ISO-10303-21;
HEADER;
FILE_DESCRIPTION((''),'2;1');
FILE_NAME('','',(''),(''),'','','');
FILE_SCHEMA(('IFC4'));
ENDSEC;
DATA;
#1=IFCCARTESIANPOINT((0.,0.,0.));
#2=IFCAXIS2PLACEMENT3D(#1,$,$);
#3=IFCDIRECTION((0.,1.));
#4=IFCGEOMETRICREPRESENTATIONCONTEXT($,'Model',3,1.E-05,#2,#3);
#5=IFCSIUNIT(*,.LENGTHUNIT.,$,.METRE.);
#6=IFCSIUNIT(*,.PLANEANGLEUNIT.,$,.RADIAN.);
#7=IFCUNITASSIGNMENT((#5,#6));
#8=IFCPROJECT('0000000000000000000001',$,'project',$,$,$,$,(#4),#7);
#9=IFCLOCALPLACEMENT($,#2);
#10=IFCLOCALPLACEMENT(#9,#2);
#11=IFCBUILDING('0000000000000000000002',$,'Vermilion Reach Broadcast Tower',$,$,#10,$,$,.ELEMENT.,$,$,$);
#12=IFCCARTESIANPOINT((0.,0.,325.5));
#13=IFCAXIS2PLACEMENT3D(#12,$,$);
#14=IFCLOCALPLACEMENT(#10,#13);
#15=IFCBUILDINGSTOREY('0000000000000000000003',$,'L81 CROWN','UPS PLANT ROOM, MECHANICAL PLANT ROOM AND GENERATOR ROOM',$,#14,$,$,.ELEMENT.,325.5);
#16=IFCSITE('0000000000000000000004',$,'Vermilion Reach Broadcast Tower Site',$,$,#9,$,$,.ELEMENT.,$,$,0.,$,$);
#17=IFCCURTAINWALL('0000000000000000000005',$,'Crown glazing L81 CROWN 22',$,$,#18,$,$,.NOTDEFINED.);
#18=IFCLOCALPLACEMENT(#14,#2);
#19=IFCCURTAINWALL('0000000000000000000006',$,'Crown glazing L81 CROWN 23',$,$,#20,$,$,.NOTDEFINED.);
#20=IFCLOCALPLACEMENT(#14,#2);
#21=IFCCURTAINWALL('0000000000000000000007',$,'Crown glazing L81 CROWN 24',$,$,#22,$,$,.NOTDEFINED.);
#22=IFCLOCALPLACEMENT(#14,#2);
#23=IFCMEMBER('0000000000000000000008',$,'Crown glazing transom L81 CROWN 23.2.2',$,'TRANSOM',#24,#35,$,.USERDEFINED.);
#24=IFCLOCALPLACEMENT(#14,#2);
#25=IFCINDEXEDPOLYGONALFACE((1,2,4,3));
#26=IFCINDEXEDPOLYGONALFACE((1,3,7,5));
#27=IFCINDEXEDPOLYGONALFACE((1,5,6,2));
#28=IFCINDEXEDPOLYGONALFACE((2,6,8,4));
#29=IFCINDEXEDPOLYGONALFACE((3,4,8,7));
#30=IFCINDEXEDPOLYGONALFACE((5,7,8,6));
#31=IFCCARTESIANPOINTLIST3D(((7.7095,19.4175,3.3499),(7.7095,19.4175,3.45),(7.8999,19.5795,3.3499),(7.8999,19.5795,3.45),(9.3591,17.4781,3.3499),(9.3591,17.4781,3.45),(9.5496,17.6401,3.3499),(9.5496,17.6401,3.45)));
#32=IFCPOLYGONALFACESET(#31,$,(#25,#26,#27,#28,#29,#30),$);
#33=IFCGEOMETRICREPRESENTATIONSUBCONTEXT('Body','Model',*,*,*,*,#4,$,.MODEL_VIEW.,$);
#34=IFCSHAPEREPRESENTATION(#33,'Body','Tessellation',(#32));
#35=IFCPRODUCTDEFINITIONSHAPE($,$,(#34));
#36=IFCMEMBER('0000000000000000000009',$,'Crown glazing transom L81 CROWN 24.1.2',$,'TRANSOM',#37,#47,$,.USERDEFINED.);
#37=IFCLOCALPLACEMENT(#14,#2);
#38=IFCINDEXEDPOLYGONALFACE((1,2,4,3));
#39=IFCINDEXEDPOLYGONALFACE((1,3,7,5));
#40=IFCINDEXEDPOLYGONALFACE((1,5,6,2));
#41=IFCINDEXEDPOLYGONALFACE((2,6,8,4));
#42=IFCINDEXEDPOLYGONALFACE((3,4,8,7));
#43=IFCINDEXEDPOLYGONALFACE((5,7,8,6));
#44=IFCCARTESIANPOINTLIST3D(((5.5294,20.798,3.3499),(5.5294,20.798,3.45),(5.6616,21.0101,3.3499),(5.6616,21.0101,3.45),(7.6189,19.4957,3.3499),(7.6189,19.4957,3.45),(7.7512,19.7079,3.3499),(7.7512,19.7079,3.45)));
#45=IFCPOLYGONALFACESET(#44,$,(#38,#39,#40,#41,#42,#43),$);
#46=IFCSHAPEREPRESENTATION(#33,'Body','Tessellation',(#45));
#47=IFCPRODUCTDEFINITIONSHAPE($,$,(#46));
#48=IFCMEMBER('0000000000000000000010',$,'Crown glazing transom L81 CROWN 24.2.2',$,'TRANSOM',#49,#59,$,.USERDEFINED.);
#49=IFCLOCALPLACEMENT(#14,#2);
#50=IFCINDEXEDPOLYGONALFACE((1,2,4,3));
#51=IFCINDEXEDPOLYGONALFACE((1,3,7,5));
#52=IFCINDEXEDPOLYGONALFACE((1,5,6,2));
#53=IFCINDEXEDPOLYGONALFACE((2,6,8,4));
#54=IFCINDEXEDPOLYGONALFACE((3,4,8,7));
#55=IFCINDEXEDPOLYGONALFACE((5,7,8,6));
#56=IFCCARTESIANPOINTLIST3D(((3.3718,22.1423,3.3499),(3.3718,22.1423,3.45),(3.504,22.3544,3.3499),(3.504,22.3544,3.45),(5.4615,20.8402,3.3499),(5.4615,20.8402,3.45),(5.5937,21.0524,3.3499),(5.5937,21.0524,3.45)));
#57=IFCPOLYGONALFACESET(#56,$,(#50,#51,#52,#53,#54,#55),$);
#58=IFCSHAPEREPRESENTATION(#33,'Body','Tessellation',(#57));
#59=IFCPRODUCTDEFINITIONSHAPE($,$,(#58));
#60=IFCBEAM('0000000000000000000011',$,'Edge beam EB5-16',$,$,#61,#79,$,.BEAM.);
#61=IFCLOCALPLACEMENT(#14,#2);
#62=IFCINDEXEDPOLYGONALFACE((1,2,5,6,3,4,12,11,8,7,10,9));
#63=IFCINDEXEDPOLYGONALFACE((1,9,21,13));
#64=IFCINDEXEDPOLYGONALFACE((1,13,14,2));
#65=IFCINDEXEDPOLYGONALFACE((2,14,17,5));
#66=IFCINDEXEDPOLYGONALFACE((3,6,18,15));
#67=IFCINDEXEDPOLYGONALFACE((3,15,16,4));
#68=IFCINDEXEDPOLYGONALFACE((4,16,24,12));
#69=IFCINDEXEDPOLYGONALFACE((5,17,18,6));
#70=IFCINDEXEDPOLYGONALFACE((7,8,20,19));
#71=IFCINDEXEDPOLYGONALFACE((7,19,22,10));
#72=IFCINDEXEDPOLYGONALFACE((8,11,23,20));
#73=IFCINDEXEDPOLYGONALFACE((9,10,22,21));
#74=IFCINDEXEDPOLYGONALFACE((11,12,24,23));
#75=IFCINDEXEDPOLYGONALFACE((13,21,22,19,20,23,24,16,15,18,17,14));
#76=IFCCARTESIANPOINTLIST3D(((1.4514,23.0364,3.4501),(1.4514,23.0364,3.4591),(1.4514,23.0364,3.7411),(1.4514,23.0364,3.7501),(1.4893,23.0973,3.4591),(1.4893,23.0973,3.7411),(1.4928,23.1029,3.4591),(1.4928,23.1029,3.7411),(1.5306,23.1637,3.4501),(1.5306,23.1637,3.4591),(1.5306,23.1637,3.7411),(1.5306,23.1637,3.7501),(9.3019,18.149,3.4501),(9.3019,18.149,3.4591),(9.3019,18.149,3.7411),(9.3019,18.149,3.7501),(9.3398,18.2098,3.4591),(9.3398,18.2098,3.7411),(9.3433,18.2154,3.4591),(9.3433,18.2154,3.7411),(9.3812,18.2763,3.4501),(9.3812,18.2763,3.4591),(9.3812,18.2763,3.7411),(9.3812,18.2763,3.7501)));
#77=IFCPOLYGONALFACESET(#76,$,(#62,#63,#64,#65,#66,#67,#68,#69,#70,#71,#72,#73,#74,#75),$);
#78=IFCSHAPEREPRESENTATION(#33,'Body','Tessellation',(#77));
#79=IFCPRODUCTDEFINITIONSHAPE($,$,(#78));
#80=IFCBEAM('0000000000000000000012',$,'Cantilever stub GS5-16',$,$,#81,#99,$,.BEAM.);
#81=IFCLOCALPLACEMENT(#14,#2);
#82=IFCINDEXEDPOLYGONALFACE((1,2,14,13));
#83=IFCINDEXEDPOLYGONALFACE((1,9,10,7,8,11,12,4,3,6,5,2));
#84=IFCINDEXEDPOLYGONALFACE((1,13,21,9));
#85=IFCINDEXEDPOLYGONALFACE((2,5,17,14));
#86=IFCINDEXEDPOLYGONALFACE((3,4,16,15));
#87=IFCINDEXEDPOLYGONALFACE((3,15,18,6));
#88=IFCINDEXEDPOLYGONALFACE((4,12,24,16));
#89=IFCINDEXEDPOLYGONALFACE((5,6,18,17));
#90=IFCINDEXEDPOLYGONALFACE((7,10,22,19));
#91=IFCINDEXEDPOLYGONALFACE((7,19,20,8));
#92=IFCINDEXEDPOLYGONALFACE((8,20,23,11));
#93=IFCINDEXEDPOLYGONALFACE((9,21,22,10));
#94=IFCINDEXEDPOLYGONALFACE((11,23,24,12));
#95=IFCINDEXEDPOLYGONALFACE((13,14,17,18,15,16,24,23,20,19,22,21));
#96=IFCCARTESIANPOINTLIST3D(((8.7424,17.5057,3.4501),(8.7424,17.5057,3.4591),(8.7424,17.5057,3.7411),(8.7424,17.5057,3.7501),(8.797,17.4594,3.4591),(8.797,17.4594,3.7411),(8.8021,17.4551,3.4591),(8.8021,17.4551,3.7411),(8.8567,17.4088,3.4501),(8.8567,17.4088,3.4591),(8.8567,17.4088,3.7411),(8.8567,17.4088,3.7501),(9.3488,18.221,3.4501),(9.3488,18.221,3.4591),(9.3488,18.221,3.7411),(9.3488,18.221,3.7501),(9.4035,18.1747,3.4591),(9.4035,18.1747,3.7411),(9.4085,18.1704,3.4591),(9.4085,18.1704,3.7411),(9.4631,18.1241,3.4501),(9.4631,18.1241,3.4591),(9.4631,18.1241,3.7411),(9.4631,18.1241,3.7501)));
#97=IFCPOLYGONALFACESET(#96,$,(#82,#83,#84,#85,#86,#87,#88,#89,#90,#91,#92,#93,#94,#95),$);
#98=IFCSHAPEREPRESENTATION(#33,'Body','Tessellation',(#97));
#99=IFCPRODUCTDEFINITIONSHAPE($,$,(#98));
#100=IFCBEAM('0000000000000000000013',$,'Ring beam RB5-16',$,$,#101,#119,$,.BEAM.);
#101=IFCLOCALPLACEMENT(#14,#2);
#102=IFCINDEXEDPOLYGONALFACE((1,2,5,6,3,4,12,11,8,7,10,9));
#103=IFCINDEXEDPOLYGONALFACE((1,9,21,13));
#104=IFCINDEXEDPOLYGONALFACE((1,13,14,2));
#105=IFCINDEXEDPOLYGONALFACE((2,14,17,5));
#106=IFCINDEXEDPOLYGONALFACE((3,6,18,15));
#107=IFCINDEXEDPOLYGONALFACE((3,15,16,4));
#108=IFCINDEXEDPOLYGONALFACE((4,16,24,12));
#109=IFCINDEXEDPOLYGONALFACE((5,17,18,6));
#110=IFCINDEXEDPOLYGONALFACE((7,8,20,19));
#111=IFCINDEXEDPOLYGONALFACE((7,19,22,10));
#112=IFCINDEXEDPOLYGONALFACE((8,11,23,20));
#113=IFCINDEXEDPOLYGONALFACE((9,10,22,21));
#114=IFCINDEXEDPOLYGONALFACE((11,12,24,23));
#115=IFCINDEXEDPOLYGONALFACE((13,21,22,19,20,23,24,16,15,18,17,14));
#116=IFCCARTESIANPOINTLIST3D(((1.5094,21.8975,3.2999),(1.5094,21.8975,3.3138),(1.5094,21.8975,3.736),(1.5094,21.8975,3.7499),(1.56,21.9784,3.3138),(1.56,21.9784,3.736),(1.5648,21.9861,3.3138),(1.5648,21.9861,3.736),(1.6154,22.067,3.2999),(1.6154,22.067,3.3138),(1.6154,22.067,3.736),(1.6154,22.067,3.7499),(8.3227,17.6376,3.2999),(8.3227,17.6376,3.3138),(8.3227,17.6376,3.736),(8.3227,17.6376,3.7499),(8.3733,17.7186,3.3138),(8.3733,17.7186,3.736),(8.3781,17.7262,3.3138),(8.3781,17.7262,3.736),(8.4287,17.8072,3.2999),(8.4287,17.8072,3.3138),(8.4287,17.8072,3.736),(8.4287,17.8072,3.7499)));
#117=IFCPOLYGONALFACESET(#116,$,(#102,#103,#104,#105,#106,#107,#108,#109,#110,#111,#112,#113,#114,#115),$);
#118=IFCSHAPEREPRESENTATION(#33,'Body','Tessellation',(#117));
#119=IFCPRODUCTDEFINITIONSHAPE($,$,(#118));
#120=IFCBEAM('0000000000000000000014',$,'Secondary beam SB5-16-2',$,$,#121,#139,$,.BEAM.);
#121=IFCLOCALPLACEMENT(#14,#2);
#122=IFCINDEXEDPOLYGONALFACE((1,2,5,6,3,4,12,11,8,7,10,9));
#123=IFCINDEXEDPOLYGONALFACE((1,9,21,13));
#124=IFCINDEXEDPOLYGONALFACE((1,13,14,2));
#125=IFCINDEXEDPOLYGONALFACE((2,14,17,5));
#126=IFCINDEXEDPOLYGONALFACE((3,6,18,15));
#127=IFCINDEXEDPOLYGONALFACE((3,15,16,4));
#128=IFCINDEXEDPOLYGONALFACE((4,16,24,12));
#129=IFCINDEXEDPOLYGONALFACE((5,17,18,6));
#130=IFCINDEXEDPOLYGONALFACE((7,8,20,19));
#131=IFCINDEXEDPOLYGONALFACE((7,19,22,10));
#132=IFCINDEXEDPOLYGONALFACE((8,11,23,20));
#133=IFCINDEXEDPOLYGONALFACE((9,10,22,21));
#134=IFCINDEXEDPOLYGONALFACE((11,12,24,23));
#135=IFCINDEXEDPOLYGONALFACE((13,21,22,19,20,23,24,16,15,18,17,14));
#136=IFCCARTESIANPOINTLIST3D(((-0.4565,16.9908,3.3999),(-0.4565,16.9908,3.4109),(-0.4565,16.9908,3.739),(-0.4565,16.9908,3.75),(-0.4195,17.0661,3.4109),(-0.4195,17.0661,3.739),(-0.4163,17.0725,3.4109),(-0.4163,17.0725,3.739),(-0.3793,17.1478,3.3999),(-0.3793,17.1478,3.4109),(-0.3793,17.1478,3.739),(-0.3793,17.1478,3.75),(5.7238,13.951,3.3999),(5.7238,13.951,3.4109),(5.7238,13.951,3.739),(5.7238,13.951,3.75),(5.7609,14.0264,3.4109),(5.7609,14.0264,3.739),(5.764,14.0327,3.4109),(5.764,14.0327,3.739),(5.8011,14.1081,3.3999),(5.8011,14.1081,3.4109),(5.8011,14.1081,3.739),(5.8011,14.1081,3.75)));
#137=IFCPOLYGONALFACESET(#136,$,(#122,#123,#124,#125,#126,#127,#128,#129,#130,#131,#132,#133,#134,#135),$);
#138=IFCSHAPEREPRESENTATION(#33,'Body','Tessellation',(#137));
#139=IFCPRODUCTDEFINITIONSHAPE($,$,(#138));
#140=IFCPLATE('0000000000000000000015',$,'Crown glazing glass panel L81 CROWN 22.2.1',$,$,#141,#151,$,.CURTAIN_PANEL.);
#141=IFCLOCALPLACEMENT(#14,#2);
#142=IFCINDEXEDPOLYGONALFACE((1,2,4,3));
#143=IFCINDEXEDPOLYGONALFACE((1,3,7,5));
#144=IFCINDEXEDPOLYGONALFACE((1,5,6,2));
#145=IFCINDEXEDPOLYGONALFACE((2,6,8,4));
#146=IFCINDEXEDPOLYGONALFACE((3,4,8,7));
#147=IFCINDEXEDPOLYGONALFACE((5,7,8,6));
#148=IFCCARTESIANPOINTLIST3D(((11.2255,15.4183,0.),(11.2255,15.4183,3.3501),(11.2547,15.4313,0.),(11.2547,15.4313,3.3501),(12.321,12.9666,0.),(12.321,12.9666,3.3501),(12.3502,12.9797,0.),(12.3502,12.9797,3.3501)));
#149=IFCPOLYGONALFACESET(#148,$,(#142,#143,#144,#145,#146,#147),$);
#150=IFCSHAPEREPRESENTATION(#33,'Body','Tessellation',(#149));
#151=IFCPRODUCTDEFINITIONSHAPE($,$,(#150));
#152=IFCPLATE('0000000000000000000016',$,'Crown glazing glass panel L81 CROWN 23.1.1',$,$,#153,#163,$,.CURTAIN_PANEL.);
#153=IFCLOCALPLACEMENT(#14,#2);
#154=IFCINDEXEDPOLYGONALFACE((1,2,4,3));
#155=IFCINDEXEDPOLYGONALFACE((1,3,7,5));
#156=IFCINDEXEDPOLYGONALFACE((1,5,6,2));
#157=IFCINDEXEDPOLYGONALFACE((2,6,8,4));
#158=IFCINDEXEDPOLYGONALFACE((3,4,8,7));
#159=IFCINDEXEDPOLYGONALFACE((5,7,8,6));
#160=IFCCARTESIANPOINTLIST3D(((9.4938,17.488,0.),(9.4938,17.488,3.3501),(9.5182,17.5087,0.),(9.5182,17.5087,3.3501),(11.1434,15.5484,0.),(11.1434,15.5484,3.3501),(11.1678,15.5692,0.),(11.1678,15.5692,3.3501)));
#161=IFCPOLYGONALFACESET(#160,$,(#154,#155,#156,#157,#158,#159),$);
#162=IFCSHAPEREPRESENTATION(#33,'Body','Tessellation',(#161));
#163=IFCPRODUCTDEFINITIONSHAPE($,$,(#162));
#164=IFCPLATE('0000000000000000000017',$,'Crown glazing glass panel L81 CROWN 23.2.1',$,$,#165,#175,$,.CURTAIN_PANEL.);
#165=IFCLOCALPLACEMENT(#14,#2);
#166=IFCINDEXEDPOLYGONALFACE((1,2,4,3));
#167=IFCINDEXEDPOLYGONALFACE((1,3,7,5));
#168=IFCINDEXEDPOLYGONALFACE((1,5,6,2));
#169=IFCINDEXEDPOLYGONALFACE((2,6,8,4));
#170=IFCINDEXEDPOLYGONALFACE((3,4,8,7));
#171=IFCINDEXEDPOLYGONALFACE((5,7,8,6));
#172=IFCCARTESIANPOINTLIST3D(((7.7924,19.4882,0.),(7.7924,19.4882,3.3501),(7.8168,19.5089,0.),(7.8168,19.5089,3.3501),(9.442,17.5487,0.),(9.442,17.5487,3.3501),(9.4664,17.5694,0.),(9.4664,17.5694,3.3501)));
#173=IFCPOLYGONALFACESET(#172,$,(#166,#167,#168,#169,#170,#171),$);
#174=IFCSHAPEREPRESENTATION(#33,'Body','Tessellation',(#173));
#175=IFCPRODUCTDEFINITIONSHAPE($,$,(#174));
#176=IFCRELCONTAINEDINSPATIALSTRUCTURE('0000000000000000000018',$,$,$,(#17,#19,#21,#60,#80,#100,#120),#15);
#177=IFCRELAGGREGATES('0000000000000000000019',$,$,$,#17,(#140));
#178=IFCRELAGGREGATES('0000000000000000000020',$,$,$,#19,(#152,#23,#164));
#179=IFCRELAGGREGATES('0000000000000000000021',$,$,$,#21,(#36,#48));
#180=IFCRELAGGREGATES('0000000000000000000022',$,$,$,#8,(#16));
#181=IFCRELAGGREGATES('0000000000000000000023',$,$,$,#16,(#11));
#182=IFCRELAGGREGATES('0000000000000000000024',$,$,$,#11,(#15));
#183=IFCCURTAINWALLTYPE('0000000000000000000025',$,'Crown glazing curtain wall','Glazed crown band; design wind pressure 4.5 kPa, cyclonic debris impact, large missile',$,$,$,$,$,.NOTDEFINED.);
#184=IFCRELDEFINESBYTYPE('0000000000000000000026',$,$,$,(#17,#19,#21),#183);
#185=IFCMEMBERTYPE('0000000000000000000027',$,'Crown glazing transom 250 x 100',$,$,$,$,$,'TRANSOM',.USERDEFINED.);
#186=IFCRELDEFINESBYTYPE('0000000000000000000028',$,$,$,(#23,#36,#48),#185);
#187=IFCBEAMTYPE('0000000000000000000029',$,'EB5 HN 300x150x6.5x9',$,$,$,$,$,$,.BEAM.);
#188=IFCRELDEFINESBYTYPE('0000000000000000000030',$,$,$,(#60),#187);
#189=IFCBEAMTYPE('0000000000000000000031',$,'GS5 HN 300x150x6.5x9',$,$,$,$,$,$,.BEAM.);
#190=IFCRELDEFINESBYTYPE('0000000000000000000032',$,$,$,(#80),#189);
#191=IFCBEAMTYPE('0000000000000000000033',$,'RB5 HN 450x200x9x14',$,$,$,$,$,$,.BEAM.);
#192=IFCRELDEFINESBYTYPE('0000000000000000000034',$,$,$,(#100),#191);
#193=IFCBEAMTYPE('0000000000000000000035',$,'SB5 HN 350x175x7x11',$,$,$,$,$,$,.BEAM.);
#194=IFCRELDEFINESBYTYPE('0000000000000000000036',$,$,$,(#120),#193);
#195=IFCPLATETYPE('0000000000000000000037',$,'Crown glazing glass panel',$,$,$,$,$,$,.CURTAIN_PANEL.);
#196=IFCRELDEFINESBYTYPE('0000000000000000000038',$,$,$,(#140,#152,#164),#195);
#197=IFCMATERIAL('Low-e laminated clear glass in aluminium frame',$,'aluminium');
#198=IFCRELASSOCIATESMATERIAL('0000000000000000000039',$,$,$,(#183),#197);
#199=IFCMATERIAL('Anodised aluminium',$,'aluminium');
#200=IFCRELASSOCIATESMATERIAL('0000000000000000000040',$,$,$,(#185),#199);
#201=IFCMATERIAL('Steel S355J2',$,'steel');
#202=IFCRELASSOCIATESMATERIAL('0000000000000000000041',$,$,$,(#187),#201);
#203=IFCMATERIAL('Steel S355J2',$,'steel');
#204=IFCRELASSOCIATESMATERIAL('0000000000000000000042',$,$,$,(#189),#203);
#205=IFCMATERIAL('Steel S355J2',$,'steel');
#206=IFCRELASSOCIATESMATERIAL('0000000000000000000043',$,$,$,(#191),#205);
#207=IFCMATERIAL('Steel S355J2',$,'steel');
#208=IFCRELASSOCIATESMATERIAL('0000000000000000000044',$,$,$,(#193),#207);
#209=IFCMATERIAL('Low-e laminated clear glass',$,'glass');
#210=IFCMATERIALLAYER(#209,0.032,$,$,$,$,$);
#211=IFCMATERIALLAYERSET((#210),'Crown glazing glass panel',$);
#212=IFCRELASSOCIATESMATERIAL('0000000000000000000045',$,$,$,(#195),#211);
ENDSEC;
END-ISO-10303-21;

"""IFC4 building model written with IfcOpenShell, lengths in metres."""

from ifc_helpers import new_model, si_unit, direction, frame, origin, origin_2d, place, context, subcontext, project, spatial, rectangle, i_section, extrude, material, layer, layer_set, material_profile, profile_set, type_object, element, aggregate, save


model = new_model("IFC4")

# Units and contexts
model_context = context("Model", 3, precision=1e-05, world=origin(), true_north=direction((0.0, 1.0)))
body_context = subcontext(model_context, "Body", "Model", "MODEL_VIEW")
ifc_project = project(units=[si_unit("LENGTHUNIT", "METRE"), si_unit("PLANEANGLEUNIT", "RADIAN")], contexts=[model_context])

# Site, building, storey
site_placement = place(None, origin())
site = spatial("IfcSite", under=ifc_project, at=site_placement, Name="Vermilion Reach Broadcast Tower Site", CompositionType="ELEMENT", RefElevation=0.0)
building_placement = place(site_placement, origin())
building = spatial("IfcBuilding", under=site, at=building_placement, Name="Vermilion Reach Broadcast Tower", CompositionType="ELEMENT")
storey_placement = place(building_placement, frame((0.0, 0.0, 325.5)))
storey = spatial("IfcBuildingStorey", under=building, at=storey_placement, Name="L81 CROWN", Description="UPS PLANT ROOM, MECHANICAL PLANT ROOM AND GENERATOR ROOM", CompositionType="ELEMENT", Elevation=325.5)

# Curtain wall
ifc_material_1 = material(Name="Low-e laminated clear glass in aluminium frame", Category="aluminium")
curtain_wall_type = type_object("IfcCurtainWallType", Name="Crown glazing curtain wall", Description="Glazed crown band; design wind pressure 4.5 kPa, cyclonic debris impact, large missile", PredefinedType="NOTDEFINED", material=ifc_material_1)
placement = place(storey_placement, origin())
curtain_wall_1 = element("IfcCurtainWall", 1, at=placement, inside=storey, type_object=curtain_wall_type, Name="Crown glazing L81 CROWN 22", PredefinedType="NOTDEFINED")

# Curtain walls
curtain_wall_2 = element("IfcCurtainWall", 2, at=placement, inside=storey, type_object=curtain_wall_type, Name="Crown glazing L81 CROWN 23", PredefinedType="NOTDEFINED")
curtain_wall_3 = element("IfcCurtainWall", 3, at=placement, inside=storey, type_object=curtain_wall_type, Name="Crown glazing L81 CROWN 24", PredefinedType="NOTDEFINED")

# Members
ifc_material_2 = material(Name="Anodised aluminium", Category="aluminium")
ifc_material_profile_1 = material_profile(ifc_material_2, rectangle(XDim=0.25, YDim=0.1001, at=origin_2d()), Name="Crown glazing transom 250 x 100")
ifc_profile_set_1 = profile_set([ifc_material_profile_1], Name="Anodised aluminium")
member_type_1 = type_object("IfcMemberType", Name="Crown glazing transom 250 x 100", ElementType="TRANSOM", PredefinedType="USERDEFINED", material=ifc_profile_set_1)
member_1_placement = place(storey_placement, frame((9.4543, 17.5591, 3.3999), z_axis=(-0.647904, 0.761722, 0.0), x_axis=(-0.761722, -0.647904, 0.0)))
member_1 = element("IfcMember", 4, at=member_1_placement, type_object=member_type_1, Name="Crown glazing transom L81 CROWN 23.2.2", ObjectType="TRANSOM", PredefinedType="USERDEFINED", context=body_context, shape_type="SweptSolid", body=[
    extrude(rectangle(XDim=0.25, YDim=0.1001, at=origin_2d()), origin(), (0.0, 0.0, 1.0), 2.5461),
])
member_2_placement = place(storey_placement, frame((7.6851, 19.6018, 3.3999), z_axis=(-0.848683, 0.528902, 0.0), x_axis=(-0.528902, -0.848683, 0.0)))
member_2 = element("IfcMember", 5, at=member_2_placement, type_object=member_type_1, Name="Crown glazing transom L81 CROWN 24.1.2", ObjectType="TRANSOM", PredefinedType="USERDEFINED", context=body_context, shape_type="SweptSolid", body=[
    extrude(rectangle(XDim=0.25, YDim=0.1001, at=origin_2d()), origin(), (0.0, 0.0, 1.0), 2.4622),
])
member_3_placement = place(storey_placement, frame((5.5276, 20.9463, 3.3999), z_axis=(-0.848727, 0.528831, 0.0), x_axis=(-0.528831, -0.848727, 0.0)))
member_3 = element("IfcMember", 6, at=member_3_placement, type_object=member_type_1, Name="Crown glazing transom L81 CROWN 24.2.2", ObjectType="TRANSOM", PredefinedType="USERDEFINED", context=body_context, shape_type="SweptSolid", body=[
    extrude(rectangle(XDim=0.25, YDim=0.1001, at=origin_2d()), origin(), (0.0, 0.0, 1.0), 2.4622),
])

# Beams
ifc_material_3 = material(Name="Steel S355J2", Category="steel")
ifc_material_profile_2 = material_profile(ifc_material_3, i_section(OverallWidth=0.1499, OverallDepth=0.3, WebThickness=0.0066, FlangeThickness=0.009, at=origin_2d()), Name="S355J2 HN 300x150x6.5x9")
ifc_profile_set_2 = profile_set([ifc_material_profile_2], Name="Steel S355J2")
beam_type_1 = type_object("IfcBeamType", Name="EB5 HN 300x150x6.5x9", PredefinedType="BEAM", material=ifc_profile_set_2)
beam_1_placement = place(storey_placement, frame((9.3416, 18.2126, 3.6001), z_axis=(-0.848928, 0.528508, 0.0), x_axis=(-0.528508, -0.848928, 0.0)))
element("IfcBeam", 7, at=beam_1_placement, inside=storey, type_object=beam_type_1, Name="Edge beam EB5-16", PredefinedType="BEAM", context=body_context, shape_type="SweptSolid", body=[
    extrude(i_section(OverallWidth=0.1499, OverallDepth=0.3, WebThickness=0.0066, FlangeThickness=0.009, at=origin_2d()), origin(), (0.0, 0.0, 1.0), 9.2476),
])
ifc_material_4 = material(Name="Steel S355J2", Category="steel")
ifc_material_profile_3 = material_profile(ifc_material_4, i_section(OverallWidth=0.1499, OverallDepth=0.3, WebThickness=0.0066, FlangeThickness=0.009, at=origin_2d()), Name="S355J2 HN 300x150x6.5x9")
ifc_profile_set_3 = profile_set([ifc_material_profile_3], Name="Steel S355J2")
beam_type_2 = type_object("IfcBeamType", Name="GS5 HN 300x150x6.5x9", PredefinedType="BEAM", material=ifc_profile_set_3)
beam_2_placement = place(storey_placement, frame((8.7996, 17.4573, 3.6001), z_axis=(0.646665, 0.762774, 0.0), x_axis=(-0.762774, 0.646665, 0.0)))
element("IfcBeam", 8, at=beam_2_placement, inside=storey, type_object=beam_type_2, Name="Cantilever stub GS5-16", PredefinedType="BEAM", context=body_context, shape_type="SweptSolid", body=[
    extrude(i_section(OverallWidth=0.1499, OverallDepth=0.3, WebThickness=0.0066, FlangeThickness=0.009, at=origin_2d()), origin(), (0.0, 0.0, 1.0), 0.9377),
])
ifc_material_5 = material(Name="Steel S355J2", Category="steel")
ifc_material_profile_4 = material_profile(ifc_material_5, i_section(OverallWidth=0.2, OverallDepth=0.45, WebThickness=0.009, FlangeThickness=0.0139, at=origin_2d()), Name="S355J2 HN 450x200x9x14")
ifc_profile_set_4 = profile_set([ifc_material_profile_4], Name="Steel S355J2")
beam_type_3 = type_object("IfcBeamType", Name="RB5 HN 450x200x9x14", PredefinedType="BEAM", material=ifc_profile_set_4)
beam_3_placement = place(storey_placement, frame((8.3757, 17.7224, 3.5249), z_axis=(-0.847915, 0.530133, 0.0), x_axis=(-0.530133, -0.847915, 0.0)))
element("IfcBeam", 9, at=beam_3_placement, inside=storey, type_object=beam_type_3, Name="Ring beam RB5-16", PredefinedType="BEAM", context=body_context, shape_type="SweptSolid", body=[
    extrude(i_section(OverallWidth=0.2, OverallDepth=0.45, WebThickness=0.009, FlangeThickness=0.0139, at=origin_2d()), origin(), (0.0, 0.0, 1.0), 8.0354),
])
ifc_material_6 = material(Name="Steel S355J2", Category="steel")
ifc_material_profile_5 = material_profile(ifc_material_6, i_section(OverallWidth=0.175, OverallDepth=0.3501, WebThickness=0.0071, FlangeThickness=0.011, at=origin_2d()), Name="S355J2 HN 350x175x7x11")
ifc_profile_set_5 = profile_set([ifc_material_profile_5], Name="Steel S355J2")
beam_type_4 = type_object("IfcBeamType", Name="SB5 HN 350x175x7x11", PredefinedType="BEAM", material=ifc_profile_set_5)
beam_4_placement = place(storey_placement, frame((5.7625, 14.0295, 3.575), z_axis=(-0.897336, 0.441348, 0.0), x_axis=(-0.441348, -0.897336, 0.0)))
element("IfcBeam", 10, at=beam_4_placement, inside=storey, type_object=beam_type_4, Name="Secondary beam SB5-16-2", PredefinedType="BEAM", context=body_context, shape_type="SweptSolid", body=[
    extrude(i_section(OverallWidth=0.175, OverallDepth=0.3501, WebThickness=0.0071, FlangeThickness=0.011, at=origin_2d()), origin(), (0.0, 0.0, 1.0), 6.8875),
])

# Plates
ifc_material_7 = material(Name="Low-e laminated clear glass", Category="glass")
ifc_layer_1 = layer(ifc_material_7, 0.032)
ifc_layer_set_1 = layer_set([ifc_layer_1], Name="Crown glazing glass panel")
plate_type = type_object("IfcPlateType", Name="Crown glazing glass panel", PredefinedType="CURTAIN_PANEL", material=ifc_layer_set_1)
plate_1_placement = place(storey_placement, frame((11.7878, 14.199, 0.0), z_axis=(0.0, 0.0, 1.0), x_axis=(-0.407985, 0.912989, 0.0)))
plate_1 = element("IfcPlate", 11, at=plate_1_placement, type_object=plate_type, Name="Crown glazing glass panel L81 CROWN 22.2.1", PredefinedType="CURTAIN_PANEL", context=body_context, shape_type="SweptSolid", body=[
    extrude(rectangle(XDim=2.6853, YDim=0.032, at=origin_2d()), origin(), (0.0, 0.0, 1.0), 3.3501),
])
aggregate(curtain_wall_1, [plate_1])
plate_2_placement = place(storey_placement, frame((10.3308, 16.5286, 0.0), z_axis=(0.0, 0.0, 1.0), x_axis=(-0.647871, 0.76175, 0.0)))
plate_2 = element("IfcPlate", 12, at=plate_2_placement, type_object=plate_type, Name="Crown glazing glass panel L81 CROWN 23.1.1", PredefinedType="CURTAIN_PANEL", context=body_context, shape_type="SweptSolid", body=[
    extrude(rectangle(XDim=2.5461, YDim=0.032, at=origin_2d()), origin(), (0.0, 0.0, 1.0), 3.3501),
])
plate_3_placement = place(storey_placement, frame((8.6294, 18.5288, 0.0), z_axis=(0.0, 0.0, 1.0), x_axis=(-0.647871, 0.76175, 0.0)))
plate_3 = element("IfcPlate", 13, at=plate_3_placement, type_object=plate_type, Name="Crown glazing glass panel L81 CROWN 23.2.1", PredefinedType="CURTAIN_PANEL", context=body_context, shape_type="SweptSolid", body=[
    extrude(rectangle(XDim=2.5461, YDim=0.032, at=origin_2d()), origin(), (0.0, 0.0, 1.0), 3.3501),
])
aggregate(curtain_wall_2, [plate_2, member_1, plate_3])
aggregate(curtain_wall_3, [member_2, member_3])

save(model, "model.ifc")
